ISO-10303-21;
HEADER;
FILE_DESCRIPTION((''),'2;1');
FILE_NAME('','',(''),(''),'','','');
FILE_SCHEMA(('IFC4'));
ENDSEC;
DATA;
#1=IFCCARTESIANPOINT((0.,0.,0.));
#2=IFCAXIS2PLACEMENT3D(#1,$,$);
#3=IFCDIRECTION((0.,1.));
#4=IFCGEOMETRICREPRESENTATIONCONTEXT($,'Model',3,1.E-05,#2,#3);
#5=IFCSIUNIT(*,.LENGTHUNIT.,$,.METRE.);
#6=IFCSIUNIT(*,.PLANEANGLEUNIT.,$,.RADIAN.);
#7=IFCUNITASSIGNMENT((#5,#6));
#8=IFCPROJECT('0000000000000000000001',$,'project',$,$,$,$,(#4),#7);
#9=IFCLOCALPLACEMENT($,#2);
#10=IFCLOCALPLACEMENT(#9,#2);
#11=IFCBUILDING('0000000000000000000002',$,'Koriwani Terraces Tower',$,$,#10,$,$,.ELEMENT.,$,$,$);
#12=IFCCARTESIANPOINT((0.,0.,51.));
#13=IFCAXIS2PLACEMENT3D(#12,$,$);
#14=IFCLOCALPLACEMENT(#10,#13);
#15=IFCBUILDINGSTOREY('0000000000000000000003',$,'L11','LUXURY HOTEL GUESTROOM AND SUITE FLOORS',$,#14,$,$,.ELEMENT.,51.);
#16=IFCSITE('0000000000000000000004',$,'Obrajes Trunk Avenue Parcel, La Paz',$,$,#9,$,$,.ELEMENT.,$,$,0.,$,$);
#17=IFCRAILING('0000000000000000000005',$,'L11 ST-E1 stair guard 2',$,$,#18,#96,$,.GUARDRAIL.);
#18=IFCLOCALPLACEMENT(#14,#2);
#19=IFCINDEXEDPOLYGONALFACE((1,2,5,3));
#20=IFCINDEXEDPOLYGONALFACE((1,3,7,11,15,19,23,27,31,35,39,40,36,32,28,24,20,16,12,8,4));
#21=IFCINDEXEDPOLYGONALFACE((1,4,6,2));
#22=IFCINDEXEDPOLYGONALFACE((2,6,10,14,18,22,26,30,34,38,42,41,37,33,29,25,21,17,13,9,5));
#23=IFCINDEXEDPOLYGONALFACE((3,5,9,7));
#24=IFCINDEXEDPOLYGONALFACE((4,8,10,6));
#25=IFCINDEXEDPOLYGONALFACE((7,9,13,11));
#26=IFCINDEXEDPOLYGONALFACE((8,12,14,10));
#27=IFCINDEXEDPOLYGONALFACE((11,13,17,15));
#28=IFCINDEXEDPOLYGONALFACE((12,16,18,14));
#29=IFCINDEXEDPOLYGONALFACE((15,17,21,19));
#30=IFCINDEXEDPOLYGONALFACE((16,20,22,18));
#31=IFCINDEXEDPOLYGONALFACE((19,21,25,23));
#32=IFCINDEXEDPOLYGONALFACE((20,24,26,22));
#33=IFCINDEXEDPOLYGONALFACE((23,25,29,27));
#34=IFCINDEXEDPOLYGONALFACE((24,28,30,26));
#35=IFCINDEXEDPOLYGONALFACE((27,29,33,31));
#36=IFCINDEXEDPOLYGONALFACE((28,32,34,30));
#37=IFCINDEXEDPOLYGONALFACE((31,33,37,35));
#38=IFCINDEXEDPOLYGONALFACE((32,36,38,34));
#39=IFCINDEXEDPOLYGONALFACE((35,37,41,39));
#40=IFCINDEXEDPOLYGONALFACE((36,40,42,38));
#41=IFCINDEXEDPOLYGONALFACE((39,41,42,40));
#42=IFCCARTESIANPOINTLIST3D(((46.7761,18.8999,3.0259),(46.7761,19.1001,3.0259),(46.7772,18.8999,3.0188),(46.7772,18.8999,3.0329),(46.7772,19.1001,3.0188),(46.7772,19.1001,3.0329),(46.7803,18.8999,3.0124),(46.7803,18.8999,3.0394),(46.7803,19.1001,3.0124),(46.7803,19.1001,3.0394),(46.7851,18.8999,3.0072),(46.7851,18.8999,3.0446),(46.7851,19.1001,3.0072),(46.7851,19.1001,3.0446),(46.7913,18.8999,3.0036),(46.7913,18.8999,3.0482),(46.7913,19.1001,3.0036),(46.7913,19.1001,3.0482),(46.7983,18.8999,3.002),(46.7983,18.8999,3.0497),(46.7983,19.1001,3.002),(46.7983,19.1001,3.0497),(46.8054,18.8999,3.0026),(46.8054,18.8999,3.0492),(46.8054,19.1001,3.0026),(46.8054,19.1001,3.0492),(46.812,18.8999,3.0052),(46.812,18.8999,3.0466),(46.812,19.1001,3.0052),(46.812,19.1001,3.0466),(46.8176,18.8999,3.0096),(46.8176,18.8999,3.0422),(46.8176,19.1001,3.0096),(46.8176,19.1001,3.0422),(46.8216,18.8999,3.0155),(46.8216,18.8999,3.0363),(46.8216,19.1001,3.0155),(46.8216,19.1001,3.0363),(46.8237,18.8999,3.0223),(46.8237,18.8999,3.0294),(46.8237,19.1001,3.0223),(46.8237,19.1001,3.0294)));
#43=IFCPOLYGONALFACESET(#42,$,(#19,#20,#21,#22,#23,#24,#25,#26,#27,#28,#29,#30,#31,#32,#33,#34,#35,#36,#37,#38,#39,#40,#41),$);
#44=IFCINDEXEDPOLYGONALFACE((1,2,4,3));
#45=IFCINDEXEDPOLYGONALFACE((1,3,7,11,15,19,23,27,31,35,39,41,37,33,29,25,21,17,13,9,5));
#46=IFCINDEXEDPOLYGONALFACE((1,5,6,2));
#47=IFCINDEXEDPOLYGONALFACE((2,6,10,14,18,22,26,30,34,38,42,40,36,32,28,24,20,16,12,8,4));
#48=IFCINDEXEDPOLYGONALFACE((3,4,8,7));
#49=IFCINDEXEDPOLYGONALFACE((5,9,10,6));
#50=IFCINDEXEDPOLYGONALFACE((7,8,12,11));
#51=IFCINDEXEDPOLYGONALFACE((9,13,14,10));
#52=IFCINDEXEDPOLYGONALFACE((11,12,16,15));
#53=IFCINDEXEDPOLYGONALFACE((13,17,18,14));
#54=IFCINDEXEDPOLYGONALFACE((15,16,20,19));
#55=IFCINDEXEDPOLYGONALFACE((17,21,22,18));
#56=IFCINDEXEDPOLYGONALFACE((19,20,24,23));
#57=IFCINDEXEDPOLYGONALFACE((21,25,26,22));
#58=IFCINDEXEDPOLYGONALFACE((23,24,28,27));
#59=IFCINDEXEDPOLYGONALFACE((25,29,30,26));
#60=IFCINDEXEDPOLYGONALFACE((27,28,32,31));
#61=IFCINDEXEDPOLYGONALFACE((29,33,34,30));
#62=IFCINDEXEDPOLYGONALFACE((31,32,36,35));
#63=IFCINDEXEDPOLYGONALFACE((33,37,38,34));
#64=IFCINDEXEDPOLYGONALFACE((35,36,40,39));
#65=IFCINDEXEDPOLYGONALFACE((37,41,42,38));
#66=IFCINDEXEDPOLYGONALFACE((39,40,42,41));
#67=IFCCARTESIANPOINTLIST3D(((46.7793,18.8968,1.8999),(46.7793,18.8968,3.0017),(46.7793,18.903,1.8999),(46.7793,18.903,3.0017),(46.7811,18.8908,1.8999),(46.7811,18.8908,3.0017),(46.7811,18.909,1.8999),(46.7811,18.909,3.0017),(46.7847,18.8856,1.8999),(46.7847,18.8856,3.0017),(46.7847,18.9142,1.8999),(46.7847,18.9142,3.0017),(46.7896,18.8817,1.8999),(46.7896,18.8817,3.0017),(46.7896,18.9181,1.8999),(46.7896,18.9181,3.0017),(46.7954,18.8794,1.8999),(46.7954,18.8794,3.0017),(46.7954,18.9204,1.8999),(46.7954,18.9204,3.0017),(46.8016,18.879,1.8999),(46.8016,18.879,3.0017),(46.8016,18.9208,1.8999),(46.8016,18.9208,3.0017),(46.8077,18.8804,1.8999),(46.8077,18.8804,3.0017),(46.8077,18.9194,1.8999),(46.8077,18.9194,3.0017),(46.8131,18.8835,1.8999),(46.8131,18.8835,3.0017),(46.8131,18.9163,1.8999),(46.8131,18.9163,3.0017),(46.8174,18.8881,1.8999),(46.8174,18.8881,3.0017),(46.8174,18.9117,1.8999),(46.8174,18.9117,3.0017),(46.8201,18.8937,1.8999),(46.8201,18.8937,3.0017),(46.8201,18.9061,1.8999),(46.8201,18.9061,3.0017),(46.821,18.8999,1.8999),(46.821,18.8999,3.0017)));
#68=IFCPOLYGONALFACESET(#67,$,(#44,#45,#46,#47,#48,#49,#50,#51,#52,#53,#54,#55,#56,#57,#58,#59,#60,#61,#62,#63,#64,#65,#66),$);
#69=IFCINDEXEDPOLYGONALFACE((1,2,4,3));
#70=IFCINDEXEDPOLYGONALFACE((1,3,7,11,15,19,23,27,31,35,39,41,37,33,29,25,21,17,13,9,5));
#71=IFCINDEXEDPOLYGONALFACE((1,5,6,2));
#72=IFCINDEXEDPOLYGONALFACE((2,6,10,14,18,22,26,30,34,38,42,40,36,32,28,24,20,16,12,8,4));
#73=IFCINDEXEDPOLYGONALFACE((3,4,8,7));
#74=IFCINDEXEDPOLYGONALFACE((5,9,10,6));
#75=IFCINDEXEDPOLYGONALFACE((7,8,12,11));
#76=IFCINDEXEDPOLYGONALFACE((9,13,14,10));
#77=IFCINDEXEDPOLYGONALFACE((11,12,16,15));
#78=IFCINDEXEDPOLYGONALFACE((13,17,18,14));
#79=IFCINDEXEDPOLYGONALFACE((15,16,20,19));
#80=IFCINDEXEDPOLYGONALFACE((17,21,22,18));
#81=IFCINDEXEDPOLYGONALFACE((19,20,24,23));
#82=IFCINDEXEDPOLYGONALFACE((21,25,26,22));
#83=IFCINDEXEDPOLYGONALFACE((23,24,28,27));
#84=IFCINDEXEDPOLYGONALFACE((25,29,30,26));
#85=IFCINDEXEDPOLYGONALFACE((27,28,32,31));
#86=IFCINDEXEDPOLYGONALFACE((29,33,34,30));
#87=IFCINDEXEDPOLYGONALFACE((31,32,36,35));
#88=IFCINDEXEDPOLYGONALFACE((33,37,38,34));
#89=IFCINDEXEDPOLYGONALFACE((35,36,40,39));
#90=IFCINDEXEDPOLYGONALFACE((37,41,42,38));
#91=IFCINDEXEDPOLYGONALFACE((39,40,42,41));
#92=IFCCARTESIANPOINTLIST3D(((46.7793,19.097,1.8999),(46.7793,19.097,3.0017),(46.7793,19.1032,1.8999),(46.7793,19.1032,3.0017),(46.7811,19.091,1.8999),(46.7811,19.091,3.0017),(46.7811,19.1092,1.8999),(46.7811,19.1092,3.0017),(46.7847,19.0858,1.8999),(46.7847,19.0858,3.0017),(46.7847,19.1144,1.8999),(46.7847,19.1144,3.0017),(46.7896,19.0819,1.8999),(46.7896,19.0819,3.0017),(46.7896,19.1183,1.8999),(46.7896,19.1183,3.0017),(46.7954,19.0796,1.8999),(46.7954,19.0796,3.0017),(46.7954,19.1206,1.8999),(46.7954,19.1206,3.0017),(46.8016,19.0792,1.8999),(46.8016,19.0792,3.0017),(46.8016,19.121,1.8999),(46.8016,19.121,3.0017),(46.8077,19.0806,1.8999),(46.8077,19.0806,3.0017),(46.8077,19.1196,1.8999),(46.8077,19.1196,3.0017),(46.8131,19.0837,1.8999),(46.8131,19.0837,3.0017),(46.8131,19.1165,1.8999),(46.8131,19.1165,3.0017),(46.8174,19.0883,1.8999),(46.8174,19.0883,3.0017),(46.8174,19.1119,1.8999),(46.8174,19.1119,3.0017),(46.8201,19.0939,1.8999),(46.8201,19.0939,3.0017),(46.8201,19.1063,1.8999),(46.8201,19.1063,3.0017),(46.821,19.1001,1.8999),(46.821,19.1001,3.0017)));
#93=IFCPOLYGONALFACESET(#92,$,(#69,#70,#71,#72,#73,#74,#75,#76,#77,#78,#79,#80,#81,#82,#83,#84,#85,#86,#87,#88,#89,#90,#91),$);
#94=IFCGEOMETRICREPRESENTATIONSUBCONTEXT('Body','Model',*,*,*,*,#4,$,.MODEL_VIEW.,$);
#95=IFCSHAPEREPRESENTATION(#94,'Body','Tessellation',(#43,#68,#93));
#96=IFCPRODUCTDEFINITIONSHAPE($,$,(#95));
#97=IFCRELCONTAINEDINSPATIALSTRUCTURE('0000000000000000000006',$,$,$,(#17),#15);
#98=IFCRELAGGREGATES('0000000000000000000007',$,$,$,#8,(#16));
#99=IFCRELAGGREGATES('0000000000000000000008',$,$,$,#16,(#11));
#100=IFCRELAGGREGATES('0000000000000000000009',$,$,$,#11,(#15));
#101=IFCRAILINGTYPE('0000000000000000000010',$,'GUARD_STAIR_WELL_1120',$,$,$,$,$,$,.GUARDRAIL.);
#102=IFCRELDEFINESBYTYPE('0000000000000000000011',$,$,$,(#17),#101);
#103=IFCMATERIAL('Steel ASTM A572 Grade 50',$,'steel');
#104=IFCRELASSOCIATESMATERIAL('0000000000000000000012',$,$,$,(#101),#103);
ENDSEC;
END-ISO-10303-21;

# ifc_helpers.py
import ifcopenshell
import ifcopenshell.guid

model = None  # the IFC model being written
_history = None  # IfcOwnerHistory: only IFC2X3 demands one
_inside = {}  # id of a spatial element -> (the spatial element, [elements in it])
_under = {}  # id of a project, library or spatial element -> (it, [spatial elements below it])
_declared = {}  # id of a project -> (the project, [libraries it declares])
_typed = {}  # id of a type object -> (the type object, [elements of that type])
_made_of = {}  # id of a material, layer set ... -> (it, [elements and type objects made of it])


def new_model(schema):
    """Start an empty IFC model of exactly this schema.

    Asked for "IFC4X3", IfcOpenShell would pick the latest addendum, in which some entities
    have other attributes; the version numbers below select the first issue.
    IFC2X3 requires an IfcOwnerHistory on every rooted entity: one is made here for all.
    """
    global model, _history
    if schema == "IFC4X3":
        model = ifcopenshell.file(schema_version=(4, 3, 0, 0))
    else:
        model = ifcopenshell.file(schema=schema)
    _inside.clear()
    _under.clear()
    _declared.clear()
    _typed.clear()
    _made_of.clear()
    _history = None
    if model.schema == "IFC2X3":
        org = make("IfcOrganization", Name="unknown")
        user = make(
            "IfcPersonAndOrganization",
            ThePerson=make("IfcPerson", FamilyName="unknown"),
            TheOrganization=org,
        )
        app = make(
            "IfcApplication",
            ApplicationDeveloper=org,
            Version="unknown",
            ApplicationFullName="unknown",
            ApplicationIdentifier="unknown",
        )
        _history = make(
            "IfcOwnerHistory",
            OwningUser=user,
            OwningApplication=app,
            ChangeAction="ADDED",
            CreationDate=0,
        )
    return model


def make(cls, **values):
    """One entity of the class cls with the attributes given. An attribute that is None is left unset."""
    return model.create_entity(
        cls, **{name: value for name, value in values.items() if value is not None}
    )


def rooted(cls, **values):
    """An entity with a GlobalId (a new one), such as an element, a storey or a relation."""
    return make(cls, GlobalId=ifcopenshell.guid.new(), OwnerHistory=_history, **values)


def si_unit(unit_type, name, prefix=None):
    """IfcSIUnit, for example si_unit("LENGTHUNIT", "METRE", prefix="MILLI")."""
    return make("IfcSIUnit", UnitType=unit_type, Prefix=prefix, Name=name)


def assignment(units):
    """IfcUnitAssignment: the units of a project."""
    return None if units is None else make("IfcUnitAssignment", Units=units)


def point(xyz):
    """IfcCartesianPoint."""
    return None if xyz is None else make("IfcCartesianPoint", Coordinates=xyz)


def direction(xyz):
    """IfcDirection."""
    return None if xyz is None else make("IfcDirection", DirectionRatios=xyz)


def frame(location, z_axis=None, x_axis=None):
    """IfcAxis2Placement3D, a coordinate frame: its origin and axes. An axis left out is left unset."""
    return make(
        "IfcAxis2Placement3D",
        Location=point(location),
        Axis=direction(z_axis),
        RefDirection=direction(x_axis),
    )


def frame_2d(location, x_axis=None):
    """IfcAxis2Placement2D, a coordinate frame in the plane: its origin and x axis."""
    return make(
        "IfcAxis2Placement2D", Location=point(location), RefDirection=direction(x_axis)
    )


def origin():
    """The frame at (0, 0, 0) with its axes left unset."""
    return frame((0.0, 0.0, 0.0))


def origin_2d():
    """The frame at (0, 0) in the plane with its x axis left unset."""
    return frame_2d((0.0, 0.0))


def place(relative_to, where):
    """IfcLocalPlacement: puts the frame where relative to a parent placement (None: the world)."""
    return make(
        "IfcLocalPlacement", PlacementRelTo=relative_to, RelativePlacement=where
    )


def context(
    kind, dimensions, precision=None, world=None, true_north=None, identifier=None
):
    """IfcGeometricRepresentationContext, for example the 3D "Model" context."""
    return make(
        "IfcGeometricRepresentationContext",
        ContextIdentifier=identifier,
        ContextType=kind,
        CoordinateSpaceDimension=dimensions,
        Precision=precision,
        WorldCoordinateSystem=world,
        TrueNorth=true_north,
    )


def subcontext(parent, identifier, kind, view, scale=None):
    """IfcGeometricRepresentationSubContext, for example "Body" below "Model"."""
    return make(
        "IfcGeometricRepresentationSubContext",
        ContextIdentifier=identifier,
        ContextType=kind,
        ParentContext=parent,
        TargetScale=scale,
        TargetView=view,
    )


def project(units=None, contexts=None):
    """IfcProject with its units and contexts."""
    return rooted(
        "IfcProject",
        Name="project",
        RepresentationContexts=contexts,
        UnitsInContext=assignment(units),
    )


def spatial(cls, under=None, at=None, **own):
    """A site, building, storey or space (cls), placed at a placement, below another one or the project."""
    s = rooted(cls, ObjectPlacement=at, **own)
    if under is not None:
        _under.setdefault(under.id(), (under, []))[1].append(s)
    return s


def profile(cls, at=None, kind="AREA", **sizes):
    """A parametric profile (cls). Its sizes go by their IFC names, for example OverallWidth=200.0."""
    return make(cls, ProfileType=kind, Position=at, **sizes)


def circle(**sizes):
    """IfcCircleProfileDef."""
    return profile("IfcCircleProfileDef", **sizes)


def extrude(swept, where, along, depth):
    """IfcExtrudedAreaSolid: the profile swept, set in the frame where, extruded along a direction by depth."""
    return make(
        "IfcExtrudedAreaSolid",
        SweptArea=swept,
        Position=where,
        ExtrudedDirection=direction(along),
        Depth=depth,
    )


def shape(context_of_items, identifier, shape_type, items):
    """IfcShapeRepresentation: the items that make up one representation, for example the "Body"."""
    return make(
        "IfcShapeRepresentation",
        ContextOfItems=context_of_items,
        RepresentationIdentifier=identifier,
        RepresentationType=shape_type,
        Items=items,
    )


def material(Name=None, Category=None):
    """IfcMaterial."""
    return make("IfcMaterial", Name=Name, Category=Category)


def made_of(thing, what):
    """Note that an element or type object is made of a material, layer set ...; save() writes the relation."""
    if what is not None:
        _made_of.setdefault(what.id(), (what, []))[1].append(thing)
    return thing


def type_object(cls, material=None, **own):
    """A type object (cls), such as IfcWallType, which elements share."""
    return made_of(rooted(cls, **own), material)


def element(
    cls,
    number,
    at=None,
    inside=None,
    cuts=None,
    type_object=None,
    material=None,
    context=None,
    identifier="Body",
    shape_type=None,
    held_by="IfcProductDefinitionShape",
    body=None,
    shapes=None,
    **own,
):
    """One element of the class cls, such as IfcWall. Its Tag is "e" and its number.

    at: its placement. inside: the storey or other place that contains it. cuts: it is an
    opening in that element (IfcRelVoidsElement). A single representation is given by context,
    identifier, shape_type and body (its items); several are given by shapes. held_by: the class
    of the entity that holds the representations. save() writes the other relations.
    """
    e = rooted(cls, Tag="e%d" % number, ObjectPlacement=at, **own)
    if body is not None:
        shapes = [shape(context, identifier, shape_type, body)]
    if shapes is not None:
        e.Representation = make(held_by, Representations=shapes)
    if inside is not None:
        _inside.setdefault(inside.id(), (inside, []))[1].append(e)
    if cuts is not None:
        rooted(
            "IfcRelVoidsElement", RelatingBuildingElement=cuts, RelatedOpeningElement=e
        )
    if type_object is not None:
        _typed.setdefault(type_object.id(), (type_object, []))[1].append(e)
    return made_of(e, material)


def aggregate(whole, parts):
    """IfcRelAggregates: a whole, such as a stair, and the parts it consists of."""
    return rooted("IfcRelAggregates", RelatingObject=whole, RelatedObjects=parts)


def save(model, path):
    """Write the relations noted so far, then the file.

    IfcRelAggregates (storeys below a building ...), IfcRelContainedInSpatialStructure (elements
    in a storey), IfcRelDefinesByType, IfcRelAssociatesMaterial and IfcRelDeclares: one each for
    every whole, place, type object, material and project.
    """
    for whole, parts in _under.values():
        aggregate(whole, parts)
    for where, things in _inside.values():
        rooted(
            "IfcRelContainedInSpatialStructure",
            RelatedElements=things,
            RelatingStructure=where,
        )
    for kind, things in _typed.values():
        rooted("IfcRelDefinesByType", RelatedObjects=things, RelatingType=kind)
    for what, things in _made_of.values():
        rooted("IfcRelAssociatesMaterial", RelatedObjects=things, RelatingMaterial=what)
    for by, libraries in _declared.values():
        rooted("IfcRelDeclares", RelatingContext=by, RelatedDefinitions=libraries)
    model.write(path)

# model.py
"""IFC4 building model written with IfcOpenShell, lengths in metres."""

from ifc_helpers import new_model, si_unit, direction, frame, origin, origin_2d, place, context, subcontext, project, spatial, circle, extrude, material, type_object, element, save


model = new_model("IFC4")

# Units and contexts
model_context = context("Model", 3, precision=1e-05, world=origin(), true_north=direction((0.0, 1.0)))
body_context = subcontext(model_context, "Body", "Model", "MODEL_VIEW")
ifc_project = project(units=[si_unit("LENGTHUNIT", "METRE"), si_unit("PLANEANGLEUNIT", "RADIAN")], contexts=[model_context])

# Site, building, storey
site_placement = place(None, origin())
site = spatial("IfcSite", under=ifc_project, at=site_placement, Name="Obrajes Trunk Avenue Parcel, La Paz", CompositionType="ELEMENT", RefElevation=0.0)
building_placement = place(site_placement, origin())
building = spatial("IfcBuilding", under=site, at=building_placement, Name="Koriwani Terraces Tower", CompositionType="ELEMENT")
storey_placement = place(building_placement, frame((0.0, 0.0, 51.0)))
storey = spatial("IfcBuildingStorey", under=building, at=storey_placement, Name="L11", Description="LUXURY HOTEL GUESTROOM AND SUITE FLOORS", CompositionType="ELEMENT", Elevation=51.0)

# Shared definitions
ifc_material_1 = material(Name="Steel ASTM A572 Grade 50", Category="steel")

# Railing
railing_type_1 = type_object("IfcRailingType", Name="GUARD_STAIR_WELL_1120", PredefinedType="GUARDRAIL", material=ifc_material_1)
railing_1_placement = place(storey_placement, frame((46.8, 18.8999, 1.8999)))
element("IfcRailing", 1, at=railing_1_placement, inside=storey, type_object=railing_type_1, Name="L11 ST-E1 stair guard 2", PredefinedType="GUARDRAIL", context=body_context, shape_type="SweptSolid", body=[
    extrude(circle(Radius=0.0239, at=origin_2d()), frame((0.0, 0.0, 1.126), z_axis=(0.0, 1.0, 0.0), x_axis=(-1.0, 0.0, 0.0)), (0.0, 0.0, 1.0), 0.2002),
    extrude(circle(Radius=0.021, at=origin_2d()), origin(), (0.0, 0.0, 1.0), 1.1018),
    extrude(circle(Radius=0.021, at=origin_2d()), frame((0.0, 0.2002, 0.0)), (0.0, 0.0, 1.0), 1.1018),
])

save(model, "model.ifc")
